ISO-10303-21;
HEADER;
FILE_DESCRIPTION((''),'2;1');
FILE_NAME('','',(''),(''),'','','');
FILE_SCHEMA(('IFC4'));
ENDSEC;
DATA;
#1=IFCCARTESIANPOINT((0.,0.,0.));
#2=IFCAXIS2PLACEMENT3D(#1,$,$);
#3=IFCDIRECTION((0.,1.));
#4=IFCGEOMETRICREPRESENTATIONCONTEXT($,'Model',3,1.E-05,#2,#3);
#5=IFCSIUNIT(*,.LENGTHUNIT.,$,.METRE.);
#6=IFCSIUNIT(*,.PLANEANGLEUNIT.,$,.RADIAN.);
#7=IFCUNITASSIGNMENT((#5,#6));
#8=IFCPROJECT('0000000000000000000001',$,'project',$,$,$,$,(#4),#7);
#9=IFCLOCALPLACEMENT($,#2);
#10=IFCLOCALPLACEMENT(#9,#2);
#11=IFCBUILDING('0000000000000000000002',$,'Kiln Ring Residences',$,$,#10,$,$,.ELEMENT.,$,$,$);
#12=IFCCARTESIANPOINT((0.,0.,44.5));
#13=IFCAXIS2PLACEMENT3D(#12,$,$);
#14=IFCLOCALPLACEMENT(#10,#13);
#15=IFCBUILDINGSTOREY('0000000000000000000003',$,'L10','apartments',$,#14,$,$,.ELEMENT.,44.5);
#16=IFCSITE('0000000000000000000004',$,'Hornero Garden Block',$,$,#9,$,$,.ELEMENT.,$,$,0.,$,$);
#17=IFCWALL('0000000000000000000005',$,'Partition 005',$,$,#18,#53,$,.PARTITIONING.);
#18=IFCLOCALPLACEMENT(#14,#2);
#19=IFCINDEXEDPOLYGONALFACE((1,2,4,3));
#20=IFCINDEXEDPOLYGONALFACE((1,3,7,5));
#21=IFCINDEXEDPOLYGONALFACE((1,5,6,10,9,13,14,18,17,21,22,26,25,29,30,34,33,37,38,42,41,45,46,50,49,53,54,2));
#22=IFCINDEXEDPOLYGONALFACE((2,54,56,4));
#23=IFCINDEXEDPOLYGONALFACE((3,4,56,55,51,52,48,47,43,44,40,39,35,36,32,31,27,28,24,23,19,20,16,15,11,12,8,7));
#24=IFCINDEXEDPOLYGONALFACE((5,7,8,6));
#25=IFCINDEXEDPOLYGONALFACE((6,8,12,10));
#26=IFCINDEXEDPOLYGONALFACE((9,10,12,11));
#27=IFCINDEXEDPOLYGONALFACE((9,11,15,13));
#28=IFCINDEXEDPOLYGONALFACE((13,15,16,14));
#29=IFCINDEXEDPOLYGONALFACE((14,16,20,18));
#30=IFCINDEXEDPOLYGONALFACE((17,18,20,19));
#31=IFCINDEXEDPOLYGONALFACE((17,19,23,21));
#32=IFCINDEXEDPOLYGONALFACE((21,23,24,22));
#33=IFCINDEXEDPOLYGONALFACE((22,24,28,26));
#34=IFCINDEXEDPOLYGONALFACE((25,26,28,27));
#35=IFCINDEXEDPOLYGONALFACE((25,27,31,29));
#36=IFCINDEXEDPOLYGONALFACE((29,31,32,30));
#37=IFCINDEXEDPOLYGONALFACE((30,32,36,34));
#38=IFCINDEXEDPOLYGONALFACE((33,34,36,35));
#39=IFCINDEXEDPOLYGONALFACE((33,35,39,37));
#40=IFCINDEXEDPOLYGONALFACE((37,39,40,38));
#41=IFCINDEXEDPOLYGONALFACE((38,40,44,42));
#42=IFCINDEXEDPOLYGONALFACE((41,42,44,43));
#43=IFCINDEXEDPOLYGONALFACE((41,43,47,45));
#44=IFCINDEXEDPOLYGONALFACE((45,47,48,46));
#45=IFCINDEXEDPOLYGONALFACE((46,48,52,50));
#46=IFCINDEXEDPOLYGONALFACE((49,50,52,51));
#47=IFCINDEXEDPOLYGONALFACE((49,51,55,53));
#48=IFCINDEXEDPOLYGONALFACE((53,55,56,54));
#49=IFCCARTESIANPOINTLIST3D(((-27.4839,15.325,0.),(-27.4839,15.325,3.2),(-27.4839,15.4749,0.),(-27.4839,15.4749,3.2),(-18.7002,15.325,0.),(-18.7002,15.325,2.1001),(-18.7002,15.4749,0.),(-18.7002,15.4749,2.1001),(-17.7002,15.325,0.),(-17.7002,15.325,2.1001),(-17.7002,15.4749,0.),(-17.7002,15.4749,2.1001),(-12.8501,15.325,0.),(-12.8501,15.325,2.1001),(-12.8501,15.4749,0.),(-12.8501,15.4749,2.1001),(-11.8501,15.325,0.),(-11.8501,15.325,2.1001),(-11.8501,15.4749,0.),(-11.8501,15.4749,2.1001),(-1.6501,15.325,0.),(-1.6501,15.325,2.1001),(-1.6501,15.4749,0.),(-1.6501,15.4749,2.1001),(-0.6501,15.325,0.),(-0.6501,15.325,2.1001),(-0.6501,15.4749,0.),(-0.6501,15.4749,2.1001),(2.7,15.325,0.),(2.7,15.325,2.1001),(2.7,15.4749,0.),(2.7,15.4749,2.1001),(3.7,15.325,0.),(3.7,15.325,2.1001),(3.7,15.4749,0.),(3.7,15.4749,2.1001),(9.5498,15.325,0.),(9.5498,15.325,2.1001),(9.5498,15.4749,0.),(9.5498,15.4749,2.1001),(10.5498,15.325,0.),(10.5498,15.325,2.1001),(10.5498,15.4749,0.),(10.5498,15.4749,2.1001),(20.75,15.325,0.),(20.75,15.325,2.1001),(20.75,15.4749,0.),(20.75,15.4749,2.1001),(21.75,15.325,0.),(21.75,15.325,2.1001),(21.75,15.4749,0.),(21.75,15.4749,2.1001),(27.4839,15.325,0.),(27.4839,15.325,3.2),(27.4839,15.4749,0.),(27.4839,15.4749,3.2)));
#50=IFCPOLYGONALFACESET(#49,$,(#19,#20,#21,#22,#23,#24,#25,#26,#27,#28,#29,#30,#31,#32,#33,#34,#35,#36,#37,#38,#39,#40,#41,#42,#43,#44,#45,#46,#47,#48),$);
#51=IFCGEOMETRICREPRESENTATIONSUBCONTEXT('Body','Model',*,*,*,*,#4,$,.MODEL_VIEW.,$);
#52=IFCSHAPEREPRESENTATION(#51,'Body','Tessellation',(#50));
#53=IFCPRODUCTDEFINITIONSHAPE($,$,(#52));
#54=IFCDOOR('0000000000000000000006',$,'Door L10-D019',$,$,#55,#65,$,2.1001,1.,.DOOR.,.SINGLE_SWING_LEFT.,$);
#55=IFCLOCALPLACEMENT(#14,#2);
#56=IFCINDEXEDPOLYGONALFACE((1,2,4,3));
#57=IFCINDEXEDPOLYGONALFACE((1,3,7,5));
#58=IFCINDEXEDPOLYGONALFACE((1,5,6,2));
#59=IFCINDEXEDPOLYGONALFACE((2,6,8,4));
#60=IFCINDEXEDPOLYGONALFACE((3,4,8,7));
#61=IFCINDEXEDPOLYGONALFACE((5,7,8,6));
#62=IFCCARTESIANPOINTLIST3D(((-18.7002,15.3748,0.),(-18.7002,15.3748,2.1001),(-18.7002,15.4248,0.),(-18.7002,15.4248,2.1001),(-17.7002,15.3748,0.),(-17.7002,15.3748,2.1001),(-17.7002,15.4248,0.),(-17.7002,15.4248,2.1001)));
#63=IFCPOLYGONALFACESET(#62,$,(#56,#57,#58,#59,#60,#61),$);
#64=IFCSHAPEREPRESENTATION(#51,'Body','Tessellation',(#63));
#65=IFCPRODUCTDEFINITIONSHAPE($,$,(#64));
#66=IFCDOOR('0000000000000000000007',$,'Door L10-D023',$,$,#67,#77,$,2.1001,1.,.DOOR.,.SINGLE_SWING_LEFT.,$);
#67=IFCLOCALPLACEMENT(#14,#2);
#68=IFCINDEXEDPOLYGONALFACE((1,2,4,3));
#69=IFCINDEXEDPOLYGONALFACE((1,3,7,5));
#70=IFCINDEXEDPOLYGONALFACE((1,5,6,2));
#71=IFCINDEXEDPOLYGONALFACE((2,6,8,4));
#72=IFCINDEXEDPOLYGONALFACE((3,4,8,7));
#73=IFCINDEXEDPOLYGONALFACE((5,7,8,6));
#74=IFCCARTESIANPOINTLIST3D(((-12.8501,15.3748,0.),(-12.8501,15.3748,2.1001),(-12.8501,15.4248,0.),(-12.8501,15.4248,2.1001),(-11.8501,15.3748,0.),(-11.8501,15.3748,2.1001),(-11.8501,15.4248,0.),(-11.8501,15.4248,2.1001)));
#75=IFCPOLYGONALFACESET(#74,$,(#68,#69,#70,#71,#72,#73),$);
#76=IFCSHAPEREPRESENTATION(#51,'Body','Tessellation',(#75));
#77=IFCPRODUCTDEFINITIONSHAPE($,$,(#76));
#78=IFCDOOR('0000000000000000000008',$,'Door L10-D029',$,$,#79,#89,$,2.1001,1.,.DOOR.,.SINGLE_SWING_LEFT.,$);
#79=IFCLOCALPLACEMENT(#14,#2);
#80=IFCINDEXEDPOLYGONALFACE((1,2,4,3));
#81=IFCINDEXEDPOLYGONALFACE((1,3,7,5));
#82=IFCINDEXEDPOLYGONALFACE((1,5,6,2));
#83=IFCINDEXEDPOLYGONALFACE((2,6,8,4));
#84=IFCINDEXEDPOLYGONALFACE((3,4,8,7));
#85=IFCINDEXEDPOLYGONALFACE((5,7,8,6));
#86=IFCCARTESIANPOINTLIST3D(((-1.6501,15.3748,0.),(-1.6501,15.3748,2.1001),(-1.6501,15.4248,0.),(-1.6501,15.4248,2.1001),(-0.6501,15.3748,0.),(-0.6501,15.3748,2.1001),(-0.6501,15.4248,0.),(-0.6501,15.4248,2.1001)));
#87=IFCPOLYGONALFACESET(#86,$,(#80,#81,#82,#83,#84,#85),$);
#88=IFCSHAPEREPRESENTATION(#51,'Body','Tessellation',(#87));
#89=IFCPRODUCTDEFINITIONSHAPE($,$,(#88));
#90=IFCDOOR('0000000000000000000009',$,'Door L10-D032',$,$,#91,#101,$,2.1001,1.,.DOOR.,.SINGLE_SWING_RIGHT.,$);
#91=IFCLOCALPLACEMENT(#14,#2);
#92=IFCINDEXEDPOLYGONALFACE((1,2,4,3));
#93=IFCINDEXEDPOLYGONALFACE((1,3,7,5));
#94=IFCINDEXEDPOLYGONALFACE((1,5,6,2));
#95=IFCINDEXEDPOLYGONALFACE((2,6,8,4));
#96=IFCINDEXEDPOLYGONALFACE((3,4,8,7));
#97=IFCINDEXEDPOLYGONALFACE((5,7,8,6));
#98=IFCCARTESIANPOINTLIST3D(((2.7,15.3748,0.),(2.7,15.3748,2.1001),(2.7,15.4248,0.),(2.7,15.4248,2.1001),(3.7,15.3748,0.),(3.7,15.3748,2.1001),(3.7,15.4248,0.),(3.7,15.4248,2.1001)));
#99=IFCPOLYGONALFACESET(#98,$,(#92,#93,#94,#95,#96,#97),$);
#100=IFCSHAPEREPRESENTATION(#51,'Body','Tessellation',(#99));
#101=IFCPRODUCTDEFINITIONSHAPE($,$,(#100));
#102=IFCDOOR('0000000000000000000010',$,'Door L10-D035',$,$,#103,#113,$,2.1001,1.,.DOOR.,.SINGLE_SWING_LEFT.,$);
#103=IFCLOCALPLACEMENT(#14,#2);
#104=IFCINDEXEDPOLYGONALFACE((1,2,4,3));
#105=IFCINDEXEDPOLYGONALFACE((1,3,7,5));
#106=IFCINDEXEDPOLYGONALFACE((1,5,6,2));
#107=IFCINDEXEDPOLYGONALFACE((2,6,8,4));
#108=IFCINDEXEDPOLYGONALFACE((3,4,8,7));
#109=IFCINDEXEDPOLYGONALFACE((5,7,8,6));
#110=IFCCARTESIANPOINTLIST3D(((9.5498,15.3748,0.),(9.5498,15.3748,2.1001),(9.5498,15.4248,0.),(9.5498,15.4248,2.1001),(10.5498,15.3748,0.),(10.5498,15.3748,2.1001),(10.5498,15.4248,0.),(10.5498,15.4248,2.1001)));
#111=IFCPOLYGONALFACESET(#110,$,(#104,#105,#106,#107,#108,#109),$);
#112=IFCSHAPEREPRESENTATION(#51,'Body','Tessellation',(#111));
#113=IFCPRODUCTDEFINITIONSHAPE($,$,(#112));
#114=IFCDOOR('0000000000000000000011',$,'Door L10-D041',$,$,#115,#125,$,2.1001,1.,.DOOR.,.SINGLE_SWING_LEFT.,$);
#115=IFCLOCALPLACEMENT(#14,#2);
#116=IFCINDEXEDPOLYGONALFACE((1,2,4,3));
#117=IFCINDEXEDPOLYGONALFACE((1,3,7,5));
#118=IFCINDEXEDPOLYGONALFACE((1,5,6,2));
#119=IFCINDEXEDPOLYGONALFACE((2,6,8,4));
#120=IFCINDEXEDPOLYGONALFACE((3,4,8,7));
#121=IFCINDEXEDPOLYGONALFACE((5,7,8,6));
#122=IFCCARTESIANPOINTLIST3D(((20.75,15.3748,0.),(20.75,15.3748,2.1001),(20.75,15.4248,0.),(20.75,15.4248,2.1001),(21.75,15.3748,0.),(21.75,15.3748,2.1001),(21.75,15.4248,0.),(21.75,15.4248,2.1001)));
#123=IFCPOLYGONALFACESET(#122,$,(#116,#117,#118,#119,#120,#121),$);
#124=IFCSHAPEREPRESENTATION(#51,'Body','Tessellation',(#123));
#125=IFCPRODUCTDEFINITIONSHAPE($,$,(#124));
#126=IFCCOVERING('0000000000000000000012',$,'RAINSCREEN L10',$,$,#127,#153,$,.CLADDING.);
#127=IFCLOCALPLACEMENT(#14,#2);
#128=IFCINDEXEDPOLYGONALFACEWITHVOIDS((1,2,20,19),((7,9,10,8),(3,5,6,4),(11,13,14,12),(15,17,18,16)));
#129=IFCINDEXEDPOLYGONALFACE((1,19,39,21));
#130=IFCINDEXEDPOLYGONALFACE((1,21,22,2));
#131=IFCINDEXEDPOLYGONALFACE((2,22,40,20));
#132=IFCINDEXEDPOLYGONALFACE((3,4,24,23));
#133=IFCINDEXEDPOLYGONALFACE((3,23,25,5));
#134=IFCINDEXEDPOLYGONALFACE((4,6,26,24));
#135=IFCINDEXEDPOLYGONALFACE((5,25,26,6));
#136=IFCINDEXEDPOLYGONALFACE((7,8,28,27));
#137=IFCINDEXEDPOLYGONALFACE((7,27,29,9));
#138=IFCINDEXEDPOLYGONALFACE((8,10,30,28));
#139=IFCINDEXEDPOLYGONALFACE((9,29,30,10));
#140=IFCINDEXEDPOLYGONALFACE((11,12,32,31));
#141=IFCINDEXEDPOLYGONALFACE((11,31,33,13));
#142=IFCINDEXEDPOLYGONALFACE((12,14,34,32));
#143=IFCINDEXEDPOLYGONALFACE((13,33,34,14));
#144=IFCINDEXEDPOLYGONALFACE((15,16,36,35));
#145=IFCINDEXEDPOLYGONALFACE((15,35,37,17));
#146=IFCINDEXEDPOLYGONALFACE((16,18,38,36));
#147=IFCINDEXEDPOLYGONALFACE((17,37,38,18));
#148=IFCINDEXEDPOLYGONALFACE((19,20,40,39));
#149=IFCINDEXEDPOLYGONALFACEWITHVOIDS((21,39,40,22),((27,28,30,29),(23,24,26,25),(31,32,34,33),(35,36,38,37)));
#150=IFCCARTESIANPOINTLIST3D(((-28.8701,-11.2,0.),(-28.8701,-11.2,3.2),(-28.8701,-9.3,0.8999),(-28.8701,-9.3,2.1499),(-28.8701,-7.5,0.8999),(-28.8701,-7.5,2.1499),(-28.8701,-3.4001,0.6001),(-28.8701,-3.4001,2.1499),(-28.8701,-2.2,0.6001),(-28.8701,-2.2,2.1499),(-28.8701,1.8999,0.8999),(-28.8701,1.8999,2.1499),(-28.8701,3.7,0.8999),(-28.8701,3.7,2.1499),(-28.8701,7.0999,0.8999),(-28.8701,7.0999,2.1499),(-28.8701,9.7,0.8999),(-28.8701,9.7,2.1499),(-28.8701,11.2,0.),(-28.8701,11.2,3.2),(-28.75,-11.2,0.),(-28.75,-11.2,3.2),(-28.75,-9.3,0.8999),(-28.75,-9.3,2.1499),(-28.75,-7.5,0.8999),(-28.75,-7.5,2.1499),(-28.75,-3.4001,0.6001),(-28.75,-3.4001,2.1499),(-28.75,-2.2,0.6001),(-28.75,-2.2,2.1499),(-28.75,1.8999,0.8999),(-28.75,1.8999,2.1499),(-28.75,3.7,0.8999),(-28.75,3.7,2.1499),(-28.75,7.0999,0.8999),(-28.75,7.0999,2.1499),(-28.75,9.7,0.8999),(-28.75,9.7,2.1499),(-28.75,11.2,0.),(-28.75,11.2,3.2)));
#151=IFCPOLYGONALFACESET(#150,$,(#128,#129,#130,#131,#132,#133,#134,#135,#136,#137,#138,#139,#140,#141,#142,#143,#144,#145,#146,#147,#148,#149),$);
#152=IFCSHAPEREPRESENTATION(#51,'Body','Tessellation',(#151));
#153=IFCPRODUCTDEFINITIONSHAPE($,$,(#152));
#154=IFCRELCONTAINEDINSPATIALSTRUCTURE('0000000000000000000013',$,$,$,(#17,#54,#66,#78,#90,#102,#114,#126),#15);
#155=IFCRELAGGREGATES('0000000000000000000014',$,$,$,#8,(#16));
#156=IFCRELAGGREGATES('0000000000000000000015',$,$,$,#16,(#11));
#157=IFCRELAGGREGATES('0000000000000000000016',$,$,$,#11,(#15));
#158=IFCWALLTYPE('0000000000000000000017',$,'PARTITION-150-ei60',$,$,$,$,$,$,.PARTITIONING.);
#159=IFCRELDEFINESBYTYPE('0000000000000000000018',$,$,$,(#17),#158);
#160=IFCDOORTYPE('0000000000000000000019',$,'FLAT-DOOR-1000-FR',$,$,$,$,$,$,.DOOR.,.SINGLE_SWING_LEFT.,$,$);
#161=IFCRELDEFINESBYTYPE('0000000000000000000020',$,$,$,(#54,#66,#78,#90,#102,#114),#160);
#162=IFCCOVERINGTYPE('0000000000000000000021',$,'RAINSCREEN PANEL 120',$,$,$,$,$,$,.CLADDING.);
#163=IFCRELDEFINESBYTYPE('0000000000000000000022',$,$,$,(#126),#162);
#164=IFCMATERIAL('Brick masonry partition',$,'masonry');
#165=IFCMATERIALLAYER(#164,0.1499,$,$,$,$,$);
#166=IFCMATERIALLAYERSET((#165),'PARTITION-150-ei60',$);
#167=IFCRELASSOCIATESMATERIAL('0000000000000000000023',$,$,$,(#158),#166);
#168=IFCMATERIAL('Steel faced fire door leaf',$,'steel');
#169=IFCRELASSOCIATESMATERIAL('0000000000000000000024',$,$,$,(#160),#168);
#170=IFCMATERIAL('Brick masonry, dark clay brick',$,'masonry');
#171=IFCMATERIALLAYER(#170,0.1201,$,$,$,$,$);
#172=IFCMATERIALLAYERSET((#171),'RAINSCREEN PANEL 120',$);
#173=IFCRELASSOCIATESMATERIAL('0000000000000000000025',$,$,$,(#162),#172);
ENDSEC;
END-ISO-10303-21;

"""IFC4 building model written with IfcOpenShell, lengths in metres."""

from ifc_helpers import new_model, si_unit, direction, frame, frame_2d, origin, place, context, subcontext, project, spatial, polyline, rectangle, outline, extrude, material, layer, layer_set, type_object, element, fill, save


model = new_model("IFC4")

# Units and contexts
model_context = context("Model", 3, precision=1e-05, world=origin(), true_north=direction((0.0, 1.0)))
body_context = subcontext(model_context, "Body", "Model", "MODEL_VIEW")
ifc_project = project(units=[si_unit("LENGTHUNIT", "METRE"), si_unit("PLANEANGLEUNIT", "RADIAN")], contexts=[model_context])

# Site, building, storey
site_placement = place(None, origin())
site = spatial("IfcSite", under=ifc_project, at=site_placement, Name="Hornero Garden Block", CompositionType="ELEMENT", RefElevation=0.0)
building_placement = place(site_placement, origin())
building = spatial("IfcBuilding", under=site, at=building_placement, Name="Kiln Ring Residences", CompositionType="ELEMENT")
storey_placement = place(building_placement, frame((0.0, 0.0, 44.5)))
storey = spatial("IfcBuildingStorey", under=building, at=storey_placement, Name="L10", Description="apartments", CompositionType="ELEMENT", Elevation=44.5)

# Wall, openings, doors
ifc_material_1 = material(Name="Brick masonry partition", Category="masonry")
ifc_layer_1 = layer(ifc_material_1, 0.1499)
ifc_layer_set_1 = layer_set([ifc_layer_1], Name="PARTITION-150-ei60")
wall_type_1 = type_object("IfcWallType", Name="PARTITION-150-ei60", PredefinedType="PARTITIONING", material=ifc_layer_set_1)
wall_1_placement = place(storey_placement, frame((-27.4839, 15.3999, 0.0), z_axis=(0.0, 0.0, 1.0), x_axis=(1.0, 0.0, 0.0)))
wall_1 = element("IfcWall", 1, at=wall_1_placement, inside=storey, type_object=wall_type_1, Name="Partition 005", PredefinedType="PARTITIONING", context=body_context, shape_type="SweptSolid", body=[
    extrude(rectangle(XDim=54.9678, YDim=0.1499, at=frame_2d((27.4839, 0.0))), origin(), (0.0, 0.0, 1.0), 3.2),
])
opening_1_placement = place(wall_1_placement, frame((8.7837, 0.0, 0.0)))
opening_1 = element("IfcOpeningElement", 2, at=opening_1_placement, cuts=wall_1, PredefinedType="OPENING", context=body_context, shape_type="SweptSolid", body=[
    extrude(rectangle(XDim=1.0, YDim=2.1001, at=frame_2d((0.5, 1.05))), frame((0.0, 0.085, 0.0), z_axis=(0.0, -1.0, 0.0), x_axis=(1.0, 0.0, 0.0)), (0.0, 0.0, 1.0), 0.1699),
])
opening_2_placement = place(wall_1_placement, frame((14.6338, 0.0, 0.0)))
opening_2 = element("IfcOpeningElement", 3, at=opening_2_placement, cuts=wall_1, PredefinedType="OPENING", context=body_context, shape_type="SweptSolid", body=[
    extrude(rectangle(XDim=1.0, YDim=2.1001, at=frame_2d((0.5, 1.05))), frame((0.0, 0.085, 0.0), z_axis=(0.0, -1.0, 0.0), x_axis=(1.0, 0.0, 0.0)), (0.0, 0.0, 1.0), 0.1699),
])
opening_3_placement = place(wall_1_placement, frame((25.8337, 0.0, 0.0)))
opening_3 = element("IfcOpeningElement", 4, at=opening_3_placement, cuts=wall_1, PredefinedType="OPENING", context=body_context, shape_type="SweptSolid", body=[
    extrude(rectangle(XDim=1.0, YDim=2.1001, at=frame_2d((0.5, 1.05))), frame((0.0, 0.085, 0.0), z_axis=(0.0, -1.0, 0.0), x_axis=(1.0, 0.0, 0.0)), (0.0, 0.0, 1.0), 0.1699),
])
opening_4_placement = place(wall_1_placement, frame((30.1838, 0.0, 0.0)))
opening_4 = element("IfcOpeningElement", 5, at=opening_4_placement, cuts=wall_1, PredefinedType="OPENING", context=body_context, shape_type="SweptSolid", body=[
    extrude(rectangle(XDim=1.0, YDim=2.1001, at=frame_2d((0.5, 1.05))), frame((0.0, 0.085, 0.0), z_axis=(0.0, -1.0, 0.0), x_axis=(1.0, 0.0, 0.0)), (0.0, 0.0, 1.0), 0.1699),
])
opening_5_placement = place(wall_1_placement, frame((37.0337, 0.0, 0.0)))
opening_5 = element("IfcOpeningElement", 6, at=opening_5_placement, cuts=wall_1, PredefinedType="OPENING", context=body_context, shape_type="SweptSolid", body=[
    extrude(rectangle(XDim=1.0, YDim=2.1001, at=frame_2d((0.5, 1.05))), frame((0.0, 0.085, 0.0), z_axis=(0.0, -1.0, 0.0), x_axis=(1.0, 0.0, 0.0)), (0.0, 0.0, 1.0), 0.1699),
])
opening_6_placement = place(wall_1_placement, frame((48.2339, 0.0, 0.0)))
opening_6 = element("IfcOpeningElement", 7, at=opening_6_placement, cuts=wall_1, PredefinedType="OPENING", context=body_context, shape_type="SweptSolid", body=[
    extrude(rectangle(XDim=1.0, YDim=2.1001, at=frame_2d((0.5, 1.05))), frame((0.0, 0.085, 0.0), z_axis=(0.0, -1.0, 0.0), x_axis=(1.0, 0.0, 0.0)), (0.0, 0.0, 1.0), 0.1699),
])
ifc_material_2 = material(Name="Steel faced fire door leaf", Category="steel")
door_type = type_object("IfcDoorType", Name="FLAT-DOOR-1000-FR", OperationType="SINGLE_SWING_LEFT", PredefinedType="DOOR", material=ifc_material_2)
door_1_placement = place(opening_1_placement, origin())
door_1 = element("IfcDoor", 8, at=door_1_placement, inside=storey, type_object=door_type, Name="Door L10-D019", OperationType="SINGLE_SWING_LEFT", OverallHeight=2.1001, OverallWidth=1.0, PredefinedType="DOOR", context=body_context, shape_type="SweptSolid", body=[
    extrude(rectangle(XDim=1.0, YDim=2.1001, at=frame_2d((0.5, 1.05))), frame((0.0, 0.0249, 0.0), z_axis=(0.0, -1.0, 0.0), x_axis=(1.0, 0.0, 0.0)), (0.0, 0.0, 1.0), 0.05),
])
fill(opening_1, door_1)
door_2_placement = place(opening_2_placement, origin())
door_2 = element("IfcDoor", 9, at=door_2_placement, inside=storey, type_object=door_type, Name="Door L10-D023", OperationType="SINGLE_SWING_LEFT", OverallHeight=2.1001, OverallWidth=1.0, PredefinedType="DOOR", context=body_context, shape_type="SweptSolid", body=[
    extrude(rectangle(XDim=1.0, YDim=2.1001, at=frame_2d((0.5, 1.05))), frame((0.0, 0.0249, 0.0), z_axis=(0.0, -1.0, 0.0), x_axis=(1.0, 0.0, 0.0)), (0.0, 0.0, 1.0), 0.05),
])
fill(opening_2, door_2)
door_3_placement = place(opening_3_placement, origin())
door_3 = element("IfcDoor", 10, at=door_3_placement, inside=storey, type_object=door_type, Name="Door L10-D029", OperationType="SINGLE_SWING_LEFT", OverallHeight=2.1001, OverallWidth=1.0, PredefinedType="DOOR", context=body_context, shape_type="SweptSolid", body=[
    extrude(rectangle(XDim=1.0, YDim=2.1001, at=frame_2d((0.5, 1.05))), frame((0.0, 0.0249, 0.0), z_axis=(0.0, -1.0, 0.0), x_axis=(1.0, 0.0, 0.0)), (0.0, 0.0, 1.0), 0.05),
])
fill(opening_3, door_3)
door_4_placement = place(opening_4_placement, origin())
door_4 = element("IfcDoor", 11, at=door_4_placement, inside=storey, type_object=door_type, Name="Door L10-D032", OperationType="SINGLE_SWING_RIGHT", OverallHeight=2.1001, OverallWidth=1.0, PredefinedType="DOOR", context=body_context, shape_type="SweptSolid", body=[
    extrude(rectangle(XDim=1.0, YDim=2.1001, at=frame_2d((0.5, 1.05))), frame((0.0, 0.0249, 0.0), z_axis=(0.0, -1.0, 0.0), x_axis=(1.0, 0.0, 0.0)), (0.0, 0.0, 1.0), 0.05),
])
fill(opening_4, door_4)
door_5_placement = place(opening_5_placement, origin())
door_5 = element("IfcDoor", 12, at=door_5_placement, inside=storey, type_object=door_type, Name="Door L10-D035", OperationType="SINGLE_SWING_LEFT", OverallHeight=2.1001, OverallWidth=1.0, PredefinedType="DOOR", context=body_context, shape_type="SweptSolid", body=[
    extrude(rectangle(XDim=1.0, YDim=2.1001, at=frame_2d((0.5, 1.05))), frame((0.0, 0.0249, 0.0), z_axis=(0.0, -1.0, 0.0), x_axis=(1.0, 0.0, 0.0)), (0.0, 0.0, 1.0), 0.05),
])
fill(opening_5, door_5)
door_6_placement = place(opening_6_placement, origin())
door_6 = element("IfcDoor", 13, at=door_6_placement, inside=storey, type_object=door_type, Name="Door L10-D041", OperationType="SINGLE_SWING_LEFT", OverallHeight=2.1001, OverallWidth=1.0, PredefinedType="DOOR", context=body_context, shape_type="SweptSolid", body=[
    extrude(rectangle(XDim=1.0, YDim=2.1001, at=frame_2d((0.5, 1.05))), frame((0.0, 0.0249, 0.0), z_axis=(0.0, -1.0, 0.0), x_axis=(1.0, 0.0, 0.0)), (0.0, 0.0, 1.0), 0.05),
])
fill(opening_6, door_6)

# Covering
ifc_material_3 = material(Name="Brick masonry, dark clay brick", Category="masonry")
ifc_layer_2 = layer(ifc_material_3, 0.1201)
ifc_layer_set_2 = layer_set([ifc_layer_2], Name="RAINSCREEN PANEL 120")
covering_type = type_object("IfcCoveringType", Name="RAINSCREEN PANEL 120", PredefinedType="CLADDING", material=ifc_layer_set_2)
covering_placement = place(storey_placement, frame((-28.8101, 11.2, 0.0), z_axis=(0.0, 0.0, 1.0), x_axis=(0.0, -1.0, 0.0)))
element("IfcCovering", 14, at=covering_placement, inside=storey, type_object=covering_type, Name="RAINSCREEN L10", PredefinedType="CLADDING", context=body_context, shape_type="SweptSolid", body=[
    extrude(outline(polyline([(0.0, 0.0), (22.3999, 0.0), (22.3999, 3.2), (0.0, 3.2), (0.0, 0.0)]), holes=[polyline([(14.6001, 0.6001), (14.6001, 2.1499), (13.3999, 2.1499), (13.3999, 0.6001), (14.6001, 0.6001)]), polyline([(4.1001, 0.8999), (4.1001, 2.1499), (1.5, 2.1499), (1.5, 0.8999), (4.1001, 0.8999)]), polyline([(9.3, 0.8999), (9.3, 2.1499), (7.5, 2.1499), (7.5, 0.8999), (9.3, 0.8999)]), polyline([(20.5, 0.8999), (20.5, 2.1499), (18.7, 2.1499), (18.7, 0.8999), (20.5, 0.8999)])]), frame((0.0, 0.0601, 0.0), z_axis=(0.0, -1.0, 0.0), x_axis=(1.0, 0.0, 0.0)), (0.0, 0.0, 1.0), 0.1201),
])

save(model, "model.ifc")
